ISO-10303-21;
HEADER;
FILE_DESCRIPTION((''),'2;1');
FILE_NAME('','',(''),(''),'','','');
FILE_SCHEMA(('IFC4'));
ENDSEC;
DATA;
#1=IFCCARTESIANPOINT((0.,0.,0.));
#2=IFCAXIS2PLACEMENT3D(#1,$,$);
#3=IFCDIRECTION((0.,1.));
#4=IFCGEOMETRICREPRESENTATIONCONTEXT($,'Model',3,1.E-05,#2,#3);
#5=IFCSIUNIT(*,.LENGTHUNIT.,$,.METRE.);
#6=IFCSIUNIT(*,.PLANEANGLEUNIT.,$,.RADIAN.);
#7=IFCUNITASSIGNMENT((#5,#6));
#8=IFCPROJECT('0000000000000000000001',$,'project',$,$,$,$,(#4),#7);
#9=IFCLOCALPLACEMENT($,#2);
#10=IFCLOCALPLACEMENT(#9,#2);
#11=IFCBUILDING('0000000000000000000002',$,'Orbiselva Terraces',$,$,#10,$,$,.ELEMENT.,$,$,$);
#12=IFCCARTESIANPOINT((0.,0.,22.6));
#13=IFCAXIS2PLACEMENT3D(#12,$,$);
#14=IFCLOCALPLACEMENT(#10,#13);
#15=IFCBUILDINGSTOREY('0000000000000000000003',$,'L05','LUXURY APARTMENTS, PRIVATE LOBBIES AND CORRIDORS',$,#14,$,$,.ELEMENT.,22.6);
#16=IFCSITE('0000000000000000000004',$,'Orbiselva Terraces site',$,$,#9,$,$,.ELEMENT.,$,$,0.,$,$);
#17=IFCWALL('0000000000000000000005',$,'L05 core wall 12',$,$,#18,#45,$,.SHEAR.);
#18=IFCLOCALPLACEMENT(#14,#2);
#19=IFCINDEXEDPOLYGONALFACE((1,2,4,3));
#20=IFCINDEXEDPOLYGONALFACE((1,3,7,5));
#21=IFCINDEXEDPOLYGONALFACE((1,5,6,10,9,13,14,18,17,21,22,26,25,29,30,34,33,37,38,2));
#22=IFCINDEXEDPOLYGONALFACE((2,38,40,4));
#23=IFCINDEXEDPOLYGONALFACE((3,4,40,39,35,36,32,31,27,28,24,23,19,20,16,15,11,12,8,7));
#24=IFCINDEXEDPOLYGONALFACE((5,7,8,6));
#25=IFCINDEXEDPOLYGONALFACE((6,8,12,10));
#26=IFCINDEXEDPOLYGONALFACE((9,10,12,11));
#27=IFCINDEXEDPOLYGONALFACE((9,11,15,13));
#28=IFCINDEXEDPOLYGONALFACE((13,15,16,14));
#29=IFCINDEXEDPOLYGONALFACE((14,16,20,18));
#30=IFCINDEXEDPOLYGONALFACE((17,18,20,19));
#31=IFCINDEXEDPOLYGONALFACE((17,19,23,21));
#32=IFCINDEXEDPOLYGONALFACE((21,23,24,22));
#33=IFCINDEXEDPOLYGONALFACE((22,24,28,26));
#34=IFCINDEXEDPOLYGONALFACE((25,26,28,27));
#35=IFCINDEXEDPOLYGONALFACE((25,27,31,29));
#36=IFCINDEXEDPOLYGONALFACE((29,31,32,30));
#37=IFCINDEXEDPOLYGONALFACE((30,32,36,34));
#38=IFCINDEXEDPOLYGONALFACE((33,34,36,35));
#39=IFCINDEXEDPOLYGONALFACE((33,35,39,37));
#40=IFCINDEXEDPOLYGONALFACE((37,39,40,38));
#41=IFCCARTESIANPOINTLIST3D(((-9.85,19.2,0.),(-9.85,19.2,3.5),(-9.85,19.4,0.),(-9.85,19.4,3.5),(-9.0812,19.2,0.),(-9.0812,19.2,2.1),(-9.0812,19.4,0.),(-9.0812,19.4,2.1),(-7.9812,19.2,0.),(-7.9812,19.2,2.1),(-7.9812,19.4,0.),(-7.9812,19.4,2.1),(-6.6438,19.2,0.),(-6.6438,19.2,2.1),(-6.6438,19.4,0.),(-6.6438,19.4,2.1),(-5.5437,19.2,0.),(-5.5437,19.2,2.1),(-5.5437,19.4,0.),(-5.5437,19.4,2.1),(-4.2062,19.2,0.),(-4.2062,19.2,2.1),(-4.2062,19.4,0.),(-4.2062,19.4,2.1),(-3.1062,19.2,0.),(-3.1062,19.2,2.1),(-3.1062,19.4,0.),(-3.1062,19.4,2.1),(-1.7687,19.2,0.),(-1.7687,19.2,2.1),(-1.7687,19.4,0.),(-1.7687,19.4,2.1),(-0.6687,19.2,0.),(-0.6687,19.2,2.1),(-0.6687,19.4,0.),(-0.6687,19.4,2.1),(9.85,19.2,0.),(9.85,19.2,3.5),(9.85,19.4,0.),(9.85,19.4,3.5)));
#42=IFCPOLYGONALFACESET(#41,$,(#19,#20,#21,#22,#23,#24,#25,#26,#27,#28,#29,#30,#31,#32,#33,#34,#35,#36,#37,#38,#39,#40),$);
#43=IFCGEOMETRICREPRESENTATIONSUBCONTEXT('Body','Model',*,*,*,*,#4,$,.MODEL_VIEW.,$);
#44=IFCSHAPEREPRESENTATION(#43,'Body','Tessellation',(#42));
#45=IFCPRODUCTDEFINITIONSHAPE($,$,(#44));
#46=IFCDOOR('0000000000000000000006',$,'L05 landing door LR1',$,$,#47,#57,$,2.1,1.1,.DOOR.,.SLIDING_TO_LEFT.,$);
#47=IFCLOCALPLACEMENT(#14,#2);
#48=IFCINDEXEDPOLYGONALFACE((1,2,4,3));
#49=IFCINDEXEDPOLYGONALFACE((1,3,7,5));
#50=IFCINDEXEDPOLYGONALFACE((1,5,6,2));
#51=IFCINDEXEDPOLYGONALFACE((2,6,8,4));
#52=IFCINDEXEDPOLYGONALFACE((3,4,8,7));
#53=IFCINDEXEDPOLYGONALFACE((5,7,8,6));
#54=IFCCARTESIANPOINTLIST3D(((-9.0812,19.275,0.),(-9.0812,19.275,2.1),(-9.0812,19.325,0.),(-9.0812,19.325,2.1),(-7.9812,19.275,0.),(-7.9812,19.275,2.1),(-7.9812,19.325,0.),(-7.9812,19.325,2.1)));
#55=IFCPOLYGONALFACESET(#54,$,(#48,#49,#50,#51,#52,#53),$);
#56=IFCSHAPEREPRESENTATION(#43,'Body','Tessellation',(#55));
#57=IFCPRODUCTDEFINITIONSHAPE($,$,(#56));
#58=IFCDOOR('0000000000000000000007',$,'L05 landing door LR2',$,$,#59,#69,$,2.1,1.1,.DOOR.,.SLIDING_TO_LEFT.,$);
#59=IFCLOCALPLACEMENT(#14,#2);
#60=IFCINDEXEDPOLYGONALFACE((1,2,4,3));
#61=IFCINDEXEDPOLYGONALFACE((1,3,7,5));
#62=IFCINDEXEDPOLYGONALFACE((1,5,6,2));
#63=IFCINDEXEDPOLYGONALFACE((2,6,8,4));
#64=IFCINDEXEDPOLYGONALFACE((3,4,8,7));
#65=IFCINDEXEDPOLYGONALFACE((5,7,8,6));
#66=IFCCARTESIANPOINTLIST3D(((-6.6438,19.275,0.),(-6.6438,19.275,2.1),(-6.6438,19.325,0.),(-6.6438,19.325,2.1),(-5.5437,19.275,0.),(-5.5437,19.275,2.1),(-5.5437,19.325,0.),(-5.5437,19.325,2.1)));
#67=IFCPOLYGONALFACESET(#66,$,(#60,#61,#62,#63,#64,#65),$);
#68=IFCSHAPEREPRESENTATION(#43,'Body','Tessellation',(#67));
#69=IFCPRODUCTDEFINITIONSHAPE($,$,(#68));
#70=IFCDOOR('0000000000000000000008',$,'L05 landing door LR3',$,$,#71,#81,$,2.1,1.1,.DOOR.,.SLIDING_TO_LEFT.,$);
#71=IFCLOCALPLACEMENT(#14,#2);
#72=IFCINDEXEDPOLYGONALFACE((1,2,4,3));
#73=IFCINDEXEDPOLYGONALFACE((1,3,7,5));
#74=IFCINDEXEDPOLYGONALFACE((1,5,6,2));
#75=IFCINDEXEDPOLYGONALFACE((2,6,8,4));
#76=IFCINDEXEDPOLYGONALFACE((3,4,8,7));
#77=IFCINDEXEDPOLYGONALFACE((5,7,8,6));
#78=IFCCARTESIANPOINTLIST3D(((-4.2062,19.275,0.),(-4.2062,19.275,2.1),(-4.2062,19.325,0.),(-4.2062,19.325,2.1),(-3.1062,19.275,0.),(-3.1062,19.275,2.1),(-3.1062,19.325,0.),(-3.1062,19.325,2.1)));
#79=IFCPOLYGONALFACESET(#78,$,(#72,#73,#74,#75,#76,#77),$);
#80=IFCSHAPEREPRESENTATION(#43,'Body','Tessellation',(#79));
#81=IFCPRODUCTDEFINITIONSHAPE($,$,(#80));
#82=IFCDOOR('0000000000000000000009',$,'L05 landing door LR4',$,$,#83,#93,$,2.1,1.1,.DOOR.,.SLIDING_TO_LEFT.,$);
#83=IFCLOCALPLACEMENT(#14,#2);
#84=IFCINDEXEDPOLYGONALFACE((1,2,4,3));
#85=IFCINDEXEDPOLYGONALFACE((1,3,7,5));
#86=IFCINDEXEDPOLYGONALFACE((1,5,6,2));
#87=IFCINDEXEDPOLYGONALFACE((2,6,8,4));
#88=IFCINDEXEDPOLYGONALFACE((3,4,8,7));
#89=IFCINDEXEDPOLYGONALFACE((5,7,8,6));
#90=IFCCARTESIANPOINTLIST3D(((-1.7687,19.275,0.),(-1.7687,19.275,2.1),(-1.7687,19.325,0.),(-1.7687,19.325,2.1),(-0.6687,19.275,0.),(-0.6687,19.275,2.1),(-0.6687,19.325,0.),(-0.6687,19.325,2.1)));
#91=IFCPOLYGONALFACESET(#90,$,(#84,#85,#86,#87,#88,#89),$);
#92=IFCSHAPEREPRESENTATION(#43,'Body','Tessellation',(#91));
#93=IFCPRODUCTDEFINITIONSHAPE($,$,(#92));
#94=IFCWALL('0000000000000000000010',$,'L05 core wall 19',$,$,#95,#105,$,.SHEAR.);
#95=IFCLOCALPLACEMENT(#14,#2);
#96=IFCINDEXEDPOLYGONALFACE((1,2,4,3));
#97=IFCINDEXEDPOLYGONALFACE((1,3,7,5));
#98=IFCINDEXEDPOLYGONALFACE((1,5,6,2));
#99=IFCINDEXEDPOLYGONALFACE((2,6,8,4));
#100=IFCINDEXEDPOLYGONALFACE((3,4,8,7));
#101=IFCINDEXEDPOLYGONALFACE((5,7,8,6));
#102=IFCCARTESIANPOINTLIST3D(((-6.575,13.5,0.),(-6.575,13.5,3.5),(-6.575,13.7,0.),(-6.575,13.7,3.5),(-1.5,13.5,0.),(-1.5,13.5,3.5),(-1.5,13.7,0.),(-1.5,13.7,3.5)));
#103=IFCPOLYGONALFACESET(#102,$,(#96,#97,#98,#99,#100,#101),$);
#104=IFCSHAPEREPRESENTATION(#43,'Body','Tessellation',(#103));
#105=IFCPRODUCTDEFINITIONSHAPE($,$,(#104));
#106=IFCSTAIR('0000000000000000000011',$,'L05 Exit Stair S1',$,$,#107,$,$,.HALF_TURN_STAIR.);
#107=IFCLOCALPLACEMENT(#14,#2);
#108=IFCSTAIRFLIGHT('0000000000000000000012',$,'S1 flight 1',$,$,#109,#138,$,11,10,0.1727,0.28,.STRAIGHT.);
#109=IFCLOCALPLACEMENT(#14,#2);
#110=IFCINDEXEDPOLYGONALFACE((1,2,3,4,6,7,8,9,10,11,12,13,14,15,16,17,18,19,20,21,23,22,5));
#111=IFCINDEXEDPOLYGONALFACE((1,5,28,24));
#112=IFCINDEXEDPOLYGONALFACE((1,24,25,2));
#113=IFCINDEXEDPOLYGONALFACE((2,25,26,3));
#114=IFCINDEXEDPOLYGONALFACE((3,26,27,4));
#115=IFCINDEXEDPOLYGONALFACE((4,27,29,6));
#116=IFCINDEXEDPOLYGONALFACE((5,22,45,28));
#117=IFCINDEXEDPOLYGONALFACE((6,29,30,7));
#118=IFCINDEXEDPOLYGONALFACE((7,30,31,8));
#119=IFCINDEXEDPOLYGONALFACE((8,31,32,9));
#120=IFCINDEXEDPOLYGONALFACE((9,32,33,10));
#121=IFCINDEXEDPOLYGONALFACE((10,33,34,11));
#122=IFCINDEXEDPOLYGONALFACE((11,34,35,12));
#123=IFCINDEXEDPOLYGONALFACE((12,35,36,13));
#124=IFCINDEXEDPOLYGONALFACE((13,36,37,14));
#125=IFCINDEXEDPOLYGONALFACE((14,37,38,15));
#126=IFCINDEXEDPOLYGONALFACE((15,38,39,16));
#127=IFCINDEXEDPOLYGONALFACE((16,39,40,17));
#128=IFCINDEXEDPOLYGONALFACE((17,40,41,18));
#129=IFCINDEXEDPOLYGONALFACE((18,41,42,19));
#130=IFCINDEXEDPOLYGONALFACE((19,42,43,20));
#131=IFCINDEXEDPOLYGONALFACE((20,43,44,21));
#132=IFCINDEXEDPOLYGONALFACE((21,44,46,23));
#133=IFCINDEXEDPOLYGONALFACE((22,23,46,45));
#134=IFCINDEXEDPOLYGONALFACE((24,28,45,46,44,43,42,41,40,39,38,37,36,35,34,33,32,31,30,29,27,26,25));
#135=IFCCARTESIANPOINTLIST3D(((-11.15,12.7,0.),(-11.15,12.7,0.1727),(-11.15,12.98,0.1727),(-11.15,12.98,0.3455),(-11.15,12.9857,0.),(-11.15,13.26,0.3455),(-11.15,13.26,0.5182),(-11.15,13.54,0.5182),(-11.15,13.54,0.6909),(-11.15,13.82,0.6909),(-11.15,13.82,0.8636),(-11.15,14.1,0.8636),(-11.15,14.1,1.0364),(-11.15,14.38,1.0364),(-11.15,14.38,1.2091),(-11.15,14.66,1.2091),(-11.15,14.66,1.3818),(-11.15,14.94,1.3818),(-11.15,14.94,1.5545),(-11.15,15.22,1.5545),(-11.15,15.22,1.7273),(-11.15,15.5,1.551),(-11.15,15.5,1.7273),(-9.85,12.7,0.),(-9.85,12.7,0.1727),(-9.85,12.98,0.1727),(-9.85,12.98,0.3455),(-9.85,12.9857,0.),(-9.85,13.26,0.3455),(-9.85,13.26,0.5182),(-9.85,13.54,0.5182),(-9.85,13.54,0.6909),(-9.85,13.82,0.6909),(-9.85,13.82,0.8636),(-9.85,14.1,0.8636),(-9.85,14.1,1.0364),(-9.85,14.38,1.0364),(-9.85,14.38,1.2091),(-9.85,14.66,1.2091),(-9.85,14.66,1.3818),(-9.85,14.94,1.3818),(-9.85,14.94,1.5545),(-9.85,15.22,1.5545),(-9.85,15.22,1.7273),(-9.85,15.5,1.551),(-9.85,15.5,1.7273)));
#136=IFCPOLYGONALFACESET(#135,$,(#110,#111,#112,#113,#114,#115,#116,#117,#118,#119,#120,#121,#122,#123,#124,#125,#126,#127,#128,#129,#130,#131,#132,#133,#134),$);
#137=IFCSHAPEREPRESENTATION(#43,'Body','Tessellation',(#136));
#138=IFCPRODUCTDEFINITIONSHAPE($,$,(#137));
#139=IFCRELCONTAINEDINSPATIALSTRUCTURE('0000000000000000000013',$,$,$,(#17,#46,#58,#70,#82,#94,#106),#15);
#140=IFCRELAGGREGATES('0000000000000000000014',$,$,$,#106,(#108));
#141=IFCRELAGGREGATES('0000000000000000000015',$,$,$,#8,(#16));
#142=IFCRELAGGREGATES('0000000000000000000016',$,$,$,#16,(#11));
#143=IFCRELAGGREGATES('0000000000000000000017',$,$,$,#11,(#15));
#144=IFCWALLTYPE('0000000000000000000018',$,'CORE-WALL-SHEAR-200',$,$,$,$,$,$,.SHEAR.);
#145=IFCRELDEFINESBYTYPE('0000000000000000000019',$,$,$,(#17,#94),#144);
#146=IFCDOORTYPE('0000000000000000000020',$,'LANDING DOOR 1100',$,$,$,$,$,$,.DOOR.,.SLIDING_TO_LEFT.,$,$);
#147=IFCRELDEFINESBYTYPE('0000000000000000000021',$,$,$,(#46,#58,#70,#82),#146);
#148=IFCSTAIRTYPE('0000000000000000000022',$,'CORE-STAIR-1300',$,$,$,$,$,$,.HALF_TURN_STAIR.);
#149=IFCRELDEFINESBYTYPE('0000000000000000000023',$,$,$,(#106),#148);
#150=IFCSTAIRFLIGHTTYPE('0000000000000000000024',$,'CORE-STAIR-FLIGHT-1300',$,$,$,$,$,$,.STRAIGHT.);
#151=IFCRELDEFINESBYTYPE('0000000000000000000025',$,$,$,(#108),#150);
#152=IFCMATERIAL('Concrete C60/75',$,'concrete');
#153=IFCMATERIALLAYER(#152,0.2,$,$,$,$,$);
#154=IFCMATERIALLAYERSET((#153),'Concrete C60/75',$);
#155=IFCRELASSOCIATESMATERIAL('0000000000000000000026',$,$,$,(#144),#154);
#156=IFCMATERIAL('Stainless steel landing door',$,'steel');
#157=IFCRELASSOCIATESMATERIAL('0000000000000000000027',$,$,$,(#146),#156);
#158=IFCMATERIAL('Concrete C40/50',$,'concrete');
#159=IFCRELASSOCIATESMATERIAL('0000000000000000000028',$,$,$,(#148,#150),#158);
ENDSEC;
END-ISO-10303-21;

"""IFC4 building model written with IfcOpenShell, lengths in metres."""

from ifc_helpers import new_model, si_unit, direction, frame, frame_2d, origin, place, context, subcontext, project, spatial, polyline, rectangle, outline, extrude, material, layer, layer_set, type_object, element, fill, aggregate, save


model = new_model("IFC4")

# Units and contexts
model_context = context("Model", 3, precision=1e-05, world=origin(), true_north=direction((0.0, 1.0)))
body_context = subcontext(model_context, "Body", "Model", "MODEL_VIEW")
ifc_project = project(units=[si_unit("LENGTHUNIT", "METRE"), si_unit("PLANEANGLEUNIT", "RADIAN")], contexts=[model_context])

# Site, building, storey
site_placement = place(None, origin())
site = spatial("IfcSite", under=ifc_project, at=site_placement, Name="Orbiselva Terraces site", CompositionType="ELEMENT", RefElevation=0.0)
building_placement = place(site_placement, origin())
building = spatial("IfcBuilding", under=site, at=building_placement, Name="Orbiselva Terraces", CompositionType="ELEMENT")
storey_placement = place(building_placement, frame((0.0, 0.0, 22.6)))
storey = spatial("IfcBuildingStorey", under=building, at=storey_placement, Name="L05", Description="LUXURY APARTMENTS, PRIVATE LOBBIES AND CORRIDORS", CompositionType="ELEMENT", Elevation=22.6)

# Shared definitions
ifc_material_1 = material(Name="Concrete C40/50", Category="concrete")
ifc_material_2 = material(Name="Concrete C60/75", Category="concrete")
ifc_layer_1 = layer(ifc_material_2, 0.2)
ifc_layer_set_1 = layer_set([ifc_layer_1], Name="Concrete C60/75")
wall_type_1 = type_object("IfcWallType", Name="CORE-WALL-SHEAR-200", PredefinedType="SHEAR", material=ifc_layer_set_1)

# Wall, openings, doors
wall_1_placement = place(storey_placement, frame((-9.85, 19.3, 0.0), z_axis=(0.0, 0.0, 1.0), x_axis=(1.0, 0.0, 0.0)))
wall_1 = element("IfcWall", 1, at=wall_1_placement, inside=storey, type_object=wall_type_1, Name="L05 core wall 12", PredefinedType="SHEAR", context=body_context, shape_type="SweptSolid", body=[
    extrude(rectangle(XDim=19.7, YDim=0.2, at=frame_2d((9.85, 0.0))), origin(), (0.0, 0.0, 1.0), 3.5),
])
opening_1_placement = place(wall_1_placement, frame((0.7688, 0.0, 0.0)))
opening_1 = element("IfcOpeningElement", 2, at=opening_1_placement, cuts=wall_1, PredefinedType="OPENING", context=body_context, shape_type="SweptSolid", body=[
    extrude(rectangle(XDim=1.1, YDim=2.1, at=frame_2d((0.55, 1.05))), frame((0.0, 0.11, 0.0), z_axis=(0.0, -1.0, 0.0), x_axis=(1.0, 0.0, 0.0)), (0.0, 0.0, 1.0), 0.22),
])
opening_2_placement = place(wall_1_placement, frame((3.2062, 0.0, 0.0)))
opening_2 = element("IfcOpeningElement", 3, at=opening_2_placement, cuts=wall_1, PredefinedType="OPENING", context=body_context, shape_type="SweptSolid", body=[
    extrude(rectangle(XDim=1.1, YDim=2.1, at=frame_2d((0.55, 1.05))), frame((0.0, 0.11, 0.0), z_axis=(0.0, -1.0, 0.0), x_axis=(1.0, 0.0, 0.0)), (0.0, 0.0, 1.0), 0.22),
])
opening_3_placement = place(wall_1_placement, frame((5.6437, 0.0, 0.0)))
opening_3 = element("IfcOpeningElement", 4, at=opening_3_placement, cuts=wall_1, PredefinedType="OPENING", context=body_context, shape_type="SweptSolid", body=[
    extrude(rectangle(XDim=1.1, YDim=2.1, at=frame_2d((0.55, 1.05))), frame((0.0, 0.11, 0.0), z_axis=(0.0, -1.0, 0.0), x_axis=(1.0, 0.0, 0.0)), (0.0, 0.0, 1.0), 0.22),
])
opening_4_placement = place(wall_1_placement, frame((8.0813, 0.0, 0.0)))
opening_4 = element("IfcOpeningElement", 5, at=opening_4_placement, cuts=wall_1, PredefinedType="OPENING", context=body_context, shape_type="SweptSolid", body=[
    extrude(rectangle(XDim=1.1, YDim=2.1, at=frame_2d((0.55, 1.05))), frame((0.0, 0.11, 0.0), z_axis=(0.0, -1.0, 0.0), x_axis=(1.0, 0.0, 0.0)), (0.0, 0.0, 1.0), 0.22),
])
ifc_material_3 = material(Name="Stainless steel landing door", Category="steel")
door_type_1 = type_object("IfcDoorType", Name="LANDING DOOR 1100", OperationType="SLIDING_TO_LEFT", PredefinedType="DOOR", material=ifc_material_3)
door_1_placement = place(opening_1_placement, origin())
door_1 = element("IfcDoor", 6, at=door_1_placement, inside=storey, type_object=door_type_1, Name="L05 landing door LR1", OperationType="SLIDING_TO_LEFT", OverallHeight=2.1, OverallWidth=1.1, PredefinedType="DOOR", context=body_context, shape_type="SweptSolid", body=[
    extrude(rectangle(XDim=1.1, YDim=2.1, at=frame_2d((0.55, 1.05))), frame((0.0, 0.025, 0.0), z_axis=(0.0, -1.0, 0.0), x_axis=(1.0, 0.0, 0.0)), (0.0, 0.0, 1.0), 0.05),
])
fill(opening_1, door_1)
door_2_placement = place(opening_2_placement, origin())
door_2 = element("IfcDoor", 7, at=door_2_placement, inside=storey, type_object=door_type_1, Name="L05 landing door LR2", OperationType="SLIDING_TO_LEFT", OverallHeight=2.1, OverallWidth=1.1, PredefinedType="DOOR", context=body_context, shape_type="SweptSolid", body=[
    extrude(rectangle(XDim=1.1, YDim=2.1, at=frame_2d((0.55, 1.05))), frame((0.0, 0.025, 0.0), z_axis=(0.0, -1.0, 0.0), x_axis=(1.0, 0.0, 0.0)), (0.0, 0.0, 1.0), 0.05),
])
fill(opening_2, door_2)
door_3_placement = place(opening_3_placement, origin())
door_3 = element("IfcDoor", 8, at=door_3_placement, inside=storey, type_object=door_type_1, Name="L05 landing door LR3", OperationType="SLIDING_TO_LEFT", OverallHeight=2.1, OverallWidth=1.1, PredefinedType="DOOR", context=body_context, shape_type="SweptSolid", body=[
    extrude(rectangle(XDim=1.1, YDim=2.1, at=frame_2d((0.55, 1.05))), frame((0.0, 0.025, 0.0), z_axis=(0.0, -1.0, 0.0), x_axis=(1.0, 0.0, 0.0)), (0.0, 0.0, 1.0), 0.05),
])
fill(opening_3, door_3)
door_4_placement = place(opening_4_placement, origin())
door_4 = element("IfcDoor", 9, at=door_4_placement, inside=storey, type_object=door_type_1, Name="L05 landing door LR4", OperationType="SLIDING_TO_LEFT", OverallHeight=2.1, OverallWidth=1.1, PredefinedType="DOOR", context=body_context, shape_type="SweptSolid", body=[
    extrude(rectangle(XDim=1.1, YDim=2.1, at=frame_2d((0.55, 1.05))), frame((0.0, 0.025, 0.0), z_axis=(0.0, -1.0, 0.0), x_axis=(1.0, 0.0, 0.0)), (0.0, 0.0, 1.0), 0.05),
])
fill(opening_4, door_4)

# Wall
wall_2_placement = place(storey_placement, frame((-6.575, 13.6, 0.0), z_axis=(0.0, 0.0, 1.0), x_axis=(1.0, 0.0, 0.0)))
element("IfcWall", 10, at=wall_2_placement, inside=storey, type_object=wall_type_1, Name="L05 core wall 19", PredefinedType="SHEAR", context=body_context, shape_type="SweptSolid", body=[
    extrude(rectangle(XDim=5.075, YDim=0.2, at=frame_2d((2.5375, 0.0))), origin(), (0.0, 0.0, 1.0), 3.5),
])

# Stair, stair flight
stair_type = type_object("IfcStairType", Name="CORE-STAIR-1300", PredefinedType="HALF_TURN_STAIR", material=ifc_material_1)
stair_placement = place(storey_placement, origin())
stair = element("IfcStair", 11, at=stair_placement, inside=storey, type_object=stair_type, Name="L05 Exit Stair S1", PredefinedType="HALF_TURN_STAIR")
stair_flight_type = type_object("IfcStairFlightType", Name="CORE-STAIR-FLIGHT-1300", PredefinedType="STRAIGHT", material=ifc_material_1)
stair_flight_placement = place(storey_placement, frame((-10.5, 12.7, 0.0), z_axis=(0.0, 0.0, 1.0), x_axis=(0.0, 1.0, 0.0)))
stair_flight = element("IfcStairFlight", 12, at=stair_flight_placement, type_object=stair_flight_type, Name="S1 flight 1", NumberOfRisers=11, NumberOfTreads=10, PredefinedType="STRAIGHT", RiserHeight=0.1727, TreadLength=0.28, context=body_context, shape_type="SweptSolid", body=[
    extrude(outline(polyline([(0.0, 0.0), (0.0, 0.1727), (0.28, 0.1727), (0.28, 0.3455), (0.56, 0.3455), (0.56, 0.5182), (0.84, 0.5182), (0.84, 0.6909), (1.12, 0.6909), (1.12, 0.8636), (1.4, 0.8636), (1.4, 1.0364), (1.68, 1.0364), (1.68, 1.2091), (1.96, 1.2091), (1.96, 1.3818), (2.24, 1.3818), (2.24, 1.5545), (2.52, 1.5545), (2.52, 1.7273), (2.8, 1.7273), (2.8, 1.9), (2.8, 1.551), (0.2857, 0.0), (0.0, 0.0)])), frame((0.0, 0.65, 0.0), z_axis=(0.0, -1.0, 0.0), x_axis=(1.0, 0.0, 0.0)), (0.0, 0.0, 1.0), 1.3),
])
aggregate(stair, [stair_flight])

save(model, "model.ifc")
